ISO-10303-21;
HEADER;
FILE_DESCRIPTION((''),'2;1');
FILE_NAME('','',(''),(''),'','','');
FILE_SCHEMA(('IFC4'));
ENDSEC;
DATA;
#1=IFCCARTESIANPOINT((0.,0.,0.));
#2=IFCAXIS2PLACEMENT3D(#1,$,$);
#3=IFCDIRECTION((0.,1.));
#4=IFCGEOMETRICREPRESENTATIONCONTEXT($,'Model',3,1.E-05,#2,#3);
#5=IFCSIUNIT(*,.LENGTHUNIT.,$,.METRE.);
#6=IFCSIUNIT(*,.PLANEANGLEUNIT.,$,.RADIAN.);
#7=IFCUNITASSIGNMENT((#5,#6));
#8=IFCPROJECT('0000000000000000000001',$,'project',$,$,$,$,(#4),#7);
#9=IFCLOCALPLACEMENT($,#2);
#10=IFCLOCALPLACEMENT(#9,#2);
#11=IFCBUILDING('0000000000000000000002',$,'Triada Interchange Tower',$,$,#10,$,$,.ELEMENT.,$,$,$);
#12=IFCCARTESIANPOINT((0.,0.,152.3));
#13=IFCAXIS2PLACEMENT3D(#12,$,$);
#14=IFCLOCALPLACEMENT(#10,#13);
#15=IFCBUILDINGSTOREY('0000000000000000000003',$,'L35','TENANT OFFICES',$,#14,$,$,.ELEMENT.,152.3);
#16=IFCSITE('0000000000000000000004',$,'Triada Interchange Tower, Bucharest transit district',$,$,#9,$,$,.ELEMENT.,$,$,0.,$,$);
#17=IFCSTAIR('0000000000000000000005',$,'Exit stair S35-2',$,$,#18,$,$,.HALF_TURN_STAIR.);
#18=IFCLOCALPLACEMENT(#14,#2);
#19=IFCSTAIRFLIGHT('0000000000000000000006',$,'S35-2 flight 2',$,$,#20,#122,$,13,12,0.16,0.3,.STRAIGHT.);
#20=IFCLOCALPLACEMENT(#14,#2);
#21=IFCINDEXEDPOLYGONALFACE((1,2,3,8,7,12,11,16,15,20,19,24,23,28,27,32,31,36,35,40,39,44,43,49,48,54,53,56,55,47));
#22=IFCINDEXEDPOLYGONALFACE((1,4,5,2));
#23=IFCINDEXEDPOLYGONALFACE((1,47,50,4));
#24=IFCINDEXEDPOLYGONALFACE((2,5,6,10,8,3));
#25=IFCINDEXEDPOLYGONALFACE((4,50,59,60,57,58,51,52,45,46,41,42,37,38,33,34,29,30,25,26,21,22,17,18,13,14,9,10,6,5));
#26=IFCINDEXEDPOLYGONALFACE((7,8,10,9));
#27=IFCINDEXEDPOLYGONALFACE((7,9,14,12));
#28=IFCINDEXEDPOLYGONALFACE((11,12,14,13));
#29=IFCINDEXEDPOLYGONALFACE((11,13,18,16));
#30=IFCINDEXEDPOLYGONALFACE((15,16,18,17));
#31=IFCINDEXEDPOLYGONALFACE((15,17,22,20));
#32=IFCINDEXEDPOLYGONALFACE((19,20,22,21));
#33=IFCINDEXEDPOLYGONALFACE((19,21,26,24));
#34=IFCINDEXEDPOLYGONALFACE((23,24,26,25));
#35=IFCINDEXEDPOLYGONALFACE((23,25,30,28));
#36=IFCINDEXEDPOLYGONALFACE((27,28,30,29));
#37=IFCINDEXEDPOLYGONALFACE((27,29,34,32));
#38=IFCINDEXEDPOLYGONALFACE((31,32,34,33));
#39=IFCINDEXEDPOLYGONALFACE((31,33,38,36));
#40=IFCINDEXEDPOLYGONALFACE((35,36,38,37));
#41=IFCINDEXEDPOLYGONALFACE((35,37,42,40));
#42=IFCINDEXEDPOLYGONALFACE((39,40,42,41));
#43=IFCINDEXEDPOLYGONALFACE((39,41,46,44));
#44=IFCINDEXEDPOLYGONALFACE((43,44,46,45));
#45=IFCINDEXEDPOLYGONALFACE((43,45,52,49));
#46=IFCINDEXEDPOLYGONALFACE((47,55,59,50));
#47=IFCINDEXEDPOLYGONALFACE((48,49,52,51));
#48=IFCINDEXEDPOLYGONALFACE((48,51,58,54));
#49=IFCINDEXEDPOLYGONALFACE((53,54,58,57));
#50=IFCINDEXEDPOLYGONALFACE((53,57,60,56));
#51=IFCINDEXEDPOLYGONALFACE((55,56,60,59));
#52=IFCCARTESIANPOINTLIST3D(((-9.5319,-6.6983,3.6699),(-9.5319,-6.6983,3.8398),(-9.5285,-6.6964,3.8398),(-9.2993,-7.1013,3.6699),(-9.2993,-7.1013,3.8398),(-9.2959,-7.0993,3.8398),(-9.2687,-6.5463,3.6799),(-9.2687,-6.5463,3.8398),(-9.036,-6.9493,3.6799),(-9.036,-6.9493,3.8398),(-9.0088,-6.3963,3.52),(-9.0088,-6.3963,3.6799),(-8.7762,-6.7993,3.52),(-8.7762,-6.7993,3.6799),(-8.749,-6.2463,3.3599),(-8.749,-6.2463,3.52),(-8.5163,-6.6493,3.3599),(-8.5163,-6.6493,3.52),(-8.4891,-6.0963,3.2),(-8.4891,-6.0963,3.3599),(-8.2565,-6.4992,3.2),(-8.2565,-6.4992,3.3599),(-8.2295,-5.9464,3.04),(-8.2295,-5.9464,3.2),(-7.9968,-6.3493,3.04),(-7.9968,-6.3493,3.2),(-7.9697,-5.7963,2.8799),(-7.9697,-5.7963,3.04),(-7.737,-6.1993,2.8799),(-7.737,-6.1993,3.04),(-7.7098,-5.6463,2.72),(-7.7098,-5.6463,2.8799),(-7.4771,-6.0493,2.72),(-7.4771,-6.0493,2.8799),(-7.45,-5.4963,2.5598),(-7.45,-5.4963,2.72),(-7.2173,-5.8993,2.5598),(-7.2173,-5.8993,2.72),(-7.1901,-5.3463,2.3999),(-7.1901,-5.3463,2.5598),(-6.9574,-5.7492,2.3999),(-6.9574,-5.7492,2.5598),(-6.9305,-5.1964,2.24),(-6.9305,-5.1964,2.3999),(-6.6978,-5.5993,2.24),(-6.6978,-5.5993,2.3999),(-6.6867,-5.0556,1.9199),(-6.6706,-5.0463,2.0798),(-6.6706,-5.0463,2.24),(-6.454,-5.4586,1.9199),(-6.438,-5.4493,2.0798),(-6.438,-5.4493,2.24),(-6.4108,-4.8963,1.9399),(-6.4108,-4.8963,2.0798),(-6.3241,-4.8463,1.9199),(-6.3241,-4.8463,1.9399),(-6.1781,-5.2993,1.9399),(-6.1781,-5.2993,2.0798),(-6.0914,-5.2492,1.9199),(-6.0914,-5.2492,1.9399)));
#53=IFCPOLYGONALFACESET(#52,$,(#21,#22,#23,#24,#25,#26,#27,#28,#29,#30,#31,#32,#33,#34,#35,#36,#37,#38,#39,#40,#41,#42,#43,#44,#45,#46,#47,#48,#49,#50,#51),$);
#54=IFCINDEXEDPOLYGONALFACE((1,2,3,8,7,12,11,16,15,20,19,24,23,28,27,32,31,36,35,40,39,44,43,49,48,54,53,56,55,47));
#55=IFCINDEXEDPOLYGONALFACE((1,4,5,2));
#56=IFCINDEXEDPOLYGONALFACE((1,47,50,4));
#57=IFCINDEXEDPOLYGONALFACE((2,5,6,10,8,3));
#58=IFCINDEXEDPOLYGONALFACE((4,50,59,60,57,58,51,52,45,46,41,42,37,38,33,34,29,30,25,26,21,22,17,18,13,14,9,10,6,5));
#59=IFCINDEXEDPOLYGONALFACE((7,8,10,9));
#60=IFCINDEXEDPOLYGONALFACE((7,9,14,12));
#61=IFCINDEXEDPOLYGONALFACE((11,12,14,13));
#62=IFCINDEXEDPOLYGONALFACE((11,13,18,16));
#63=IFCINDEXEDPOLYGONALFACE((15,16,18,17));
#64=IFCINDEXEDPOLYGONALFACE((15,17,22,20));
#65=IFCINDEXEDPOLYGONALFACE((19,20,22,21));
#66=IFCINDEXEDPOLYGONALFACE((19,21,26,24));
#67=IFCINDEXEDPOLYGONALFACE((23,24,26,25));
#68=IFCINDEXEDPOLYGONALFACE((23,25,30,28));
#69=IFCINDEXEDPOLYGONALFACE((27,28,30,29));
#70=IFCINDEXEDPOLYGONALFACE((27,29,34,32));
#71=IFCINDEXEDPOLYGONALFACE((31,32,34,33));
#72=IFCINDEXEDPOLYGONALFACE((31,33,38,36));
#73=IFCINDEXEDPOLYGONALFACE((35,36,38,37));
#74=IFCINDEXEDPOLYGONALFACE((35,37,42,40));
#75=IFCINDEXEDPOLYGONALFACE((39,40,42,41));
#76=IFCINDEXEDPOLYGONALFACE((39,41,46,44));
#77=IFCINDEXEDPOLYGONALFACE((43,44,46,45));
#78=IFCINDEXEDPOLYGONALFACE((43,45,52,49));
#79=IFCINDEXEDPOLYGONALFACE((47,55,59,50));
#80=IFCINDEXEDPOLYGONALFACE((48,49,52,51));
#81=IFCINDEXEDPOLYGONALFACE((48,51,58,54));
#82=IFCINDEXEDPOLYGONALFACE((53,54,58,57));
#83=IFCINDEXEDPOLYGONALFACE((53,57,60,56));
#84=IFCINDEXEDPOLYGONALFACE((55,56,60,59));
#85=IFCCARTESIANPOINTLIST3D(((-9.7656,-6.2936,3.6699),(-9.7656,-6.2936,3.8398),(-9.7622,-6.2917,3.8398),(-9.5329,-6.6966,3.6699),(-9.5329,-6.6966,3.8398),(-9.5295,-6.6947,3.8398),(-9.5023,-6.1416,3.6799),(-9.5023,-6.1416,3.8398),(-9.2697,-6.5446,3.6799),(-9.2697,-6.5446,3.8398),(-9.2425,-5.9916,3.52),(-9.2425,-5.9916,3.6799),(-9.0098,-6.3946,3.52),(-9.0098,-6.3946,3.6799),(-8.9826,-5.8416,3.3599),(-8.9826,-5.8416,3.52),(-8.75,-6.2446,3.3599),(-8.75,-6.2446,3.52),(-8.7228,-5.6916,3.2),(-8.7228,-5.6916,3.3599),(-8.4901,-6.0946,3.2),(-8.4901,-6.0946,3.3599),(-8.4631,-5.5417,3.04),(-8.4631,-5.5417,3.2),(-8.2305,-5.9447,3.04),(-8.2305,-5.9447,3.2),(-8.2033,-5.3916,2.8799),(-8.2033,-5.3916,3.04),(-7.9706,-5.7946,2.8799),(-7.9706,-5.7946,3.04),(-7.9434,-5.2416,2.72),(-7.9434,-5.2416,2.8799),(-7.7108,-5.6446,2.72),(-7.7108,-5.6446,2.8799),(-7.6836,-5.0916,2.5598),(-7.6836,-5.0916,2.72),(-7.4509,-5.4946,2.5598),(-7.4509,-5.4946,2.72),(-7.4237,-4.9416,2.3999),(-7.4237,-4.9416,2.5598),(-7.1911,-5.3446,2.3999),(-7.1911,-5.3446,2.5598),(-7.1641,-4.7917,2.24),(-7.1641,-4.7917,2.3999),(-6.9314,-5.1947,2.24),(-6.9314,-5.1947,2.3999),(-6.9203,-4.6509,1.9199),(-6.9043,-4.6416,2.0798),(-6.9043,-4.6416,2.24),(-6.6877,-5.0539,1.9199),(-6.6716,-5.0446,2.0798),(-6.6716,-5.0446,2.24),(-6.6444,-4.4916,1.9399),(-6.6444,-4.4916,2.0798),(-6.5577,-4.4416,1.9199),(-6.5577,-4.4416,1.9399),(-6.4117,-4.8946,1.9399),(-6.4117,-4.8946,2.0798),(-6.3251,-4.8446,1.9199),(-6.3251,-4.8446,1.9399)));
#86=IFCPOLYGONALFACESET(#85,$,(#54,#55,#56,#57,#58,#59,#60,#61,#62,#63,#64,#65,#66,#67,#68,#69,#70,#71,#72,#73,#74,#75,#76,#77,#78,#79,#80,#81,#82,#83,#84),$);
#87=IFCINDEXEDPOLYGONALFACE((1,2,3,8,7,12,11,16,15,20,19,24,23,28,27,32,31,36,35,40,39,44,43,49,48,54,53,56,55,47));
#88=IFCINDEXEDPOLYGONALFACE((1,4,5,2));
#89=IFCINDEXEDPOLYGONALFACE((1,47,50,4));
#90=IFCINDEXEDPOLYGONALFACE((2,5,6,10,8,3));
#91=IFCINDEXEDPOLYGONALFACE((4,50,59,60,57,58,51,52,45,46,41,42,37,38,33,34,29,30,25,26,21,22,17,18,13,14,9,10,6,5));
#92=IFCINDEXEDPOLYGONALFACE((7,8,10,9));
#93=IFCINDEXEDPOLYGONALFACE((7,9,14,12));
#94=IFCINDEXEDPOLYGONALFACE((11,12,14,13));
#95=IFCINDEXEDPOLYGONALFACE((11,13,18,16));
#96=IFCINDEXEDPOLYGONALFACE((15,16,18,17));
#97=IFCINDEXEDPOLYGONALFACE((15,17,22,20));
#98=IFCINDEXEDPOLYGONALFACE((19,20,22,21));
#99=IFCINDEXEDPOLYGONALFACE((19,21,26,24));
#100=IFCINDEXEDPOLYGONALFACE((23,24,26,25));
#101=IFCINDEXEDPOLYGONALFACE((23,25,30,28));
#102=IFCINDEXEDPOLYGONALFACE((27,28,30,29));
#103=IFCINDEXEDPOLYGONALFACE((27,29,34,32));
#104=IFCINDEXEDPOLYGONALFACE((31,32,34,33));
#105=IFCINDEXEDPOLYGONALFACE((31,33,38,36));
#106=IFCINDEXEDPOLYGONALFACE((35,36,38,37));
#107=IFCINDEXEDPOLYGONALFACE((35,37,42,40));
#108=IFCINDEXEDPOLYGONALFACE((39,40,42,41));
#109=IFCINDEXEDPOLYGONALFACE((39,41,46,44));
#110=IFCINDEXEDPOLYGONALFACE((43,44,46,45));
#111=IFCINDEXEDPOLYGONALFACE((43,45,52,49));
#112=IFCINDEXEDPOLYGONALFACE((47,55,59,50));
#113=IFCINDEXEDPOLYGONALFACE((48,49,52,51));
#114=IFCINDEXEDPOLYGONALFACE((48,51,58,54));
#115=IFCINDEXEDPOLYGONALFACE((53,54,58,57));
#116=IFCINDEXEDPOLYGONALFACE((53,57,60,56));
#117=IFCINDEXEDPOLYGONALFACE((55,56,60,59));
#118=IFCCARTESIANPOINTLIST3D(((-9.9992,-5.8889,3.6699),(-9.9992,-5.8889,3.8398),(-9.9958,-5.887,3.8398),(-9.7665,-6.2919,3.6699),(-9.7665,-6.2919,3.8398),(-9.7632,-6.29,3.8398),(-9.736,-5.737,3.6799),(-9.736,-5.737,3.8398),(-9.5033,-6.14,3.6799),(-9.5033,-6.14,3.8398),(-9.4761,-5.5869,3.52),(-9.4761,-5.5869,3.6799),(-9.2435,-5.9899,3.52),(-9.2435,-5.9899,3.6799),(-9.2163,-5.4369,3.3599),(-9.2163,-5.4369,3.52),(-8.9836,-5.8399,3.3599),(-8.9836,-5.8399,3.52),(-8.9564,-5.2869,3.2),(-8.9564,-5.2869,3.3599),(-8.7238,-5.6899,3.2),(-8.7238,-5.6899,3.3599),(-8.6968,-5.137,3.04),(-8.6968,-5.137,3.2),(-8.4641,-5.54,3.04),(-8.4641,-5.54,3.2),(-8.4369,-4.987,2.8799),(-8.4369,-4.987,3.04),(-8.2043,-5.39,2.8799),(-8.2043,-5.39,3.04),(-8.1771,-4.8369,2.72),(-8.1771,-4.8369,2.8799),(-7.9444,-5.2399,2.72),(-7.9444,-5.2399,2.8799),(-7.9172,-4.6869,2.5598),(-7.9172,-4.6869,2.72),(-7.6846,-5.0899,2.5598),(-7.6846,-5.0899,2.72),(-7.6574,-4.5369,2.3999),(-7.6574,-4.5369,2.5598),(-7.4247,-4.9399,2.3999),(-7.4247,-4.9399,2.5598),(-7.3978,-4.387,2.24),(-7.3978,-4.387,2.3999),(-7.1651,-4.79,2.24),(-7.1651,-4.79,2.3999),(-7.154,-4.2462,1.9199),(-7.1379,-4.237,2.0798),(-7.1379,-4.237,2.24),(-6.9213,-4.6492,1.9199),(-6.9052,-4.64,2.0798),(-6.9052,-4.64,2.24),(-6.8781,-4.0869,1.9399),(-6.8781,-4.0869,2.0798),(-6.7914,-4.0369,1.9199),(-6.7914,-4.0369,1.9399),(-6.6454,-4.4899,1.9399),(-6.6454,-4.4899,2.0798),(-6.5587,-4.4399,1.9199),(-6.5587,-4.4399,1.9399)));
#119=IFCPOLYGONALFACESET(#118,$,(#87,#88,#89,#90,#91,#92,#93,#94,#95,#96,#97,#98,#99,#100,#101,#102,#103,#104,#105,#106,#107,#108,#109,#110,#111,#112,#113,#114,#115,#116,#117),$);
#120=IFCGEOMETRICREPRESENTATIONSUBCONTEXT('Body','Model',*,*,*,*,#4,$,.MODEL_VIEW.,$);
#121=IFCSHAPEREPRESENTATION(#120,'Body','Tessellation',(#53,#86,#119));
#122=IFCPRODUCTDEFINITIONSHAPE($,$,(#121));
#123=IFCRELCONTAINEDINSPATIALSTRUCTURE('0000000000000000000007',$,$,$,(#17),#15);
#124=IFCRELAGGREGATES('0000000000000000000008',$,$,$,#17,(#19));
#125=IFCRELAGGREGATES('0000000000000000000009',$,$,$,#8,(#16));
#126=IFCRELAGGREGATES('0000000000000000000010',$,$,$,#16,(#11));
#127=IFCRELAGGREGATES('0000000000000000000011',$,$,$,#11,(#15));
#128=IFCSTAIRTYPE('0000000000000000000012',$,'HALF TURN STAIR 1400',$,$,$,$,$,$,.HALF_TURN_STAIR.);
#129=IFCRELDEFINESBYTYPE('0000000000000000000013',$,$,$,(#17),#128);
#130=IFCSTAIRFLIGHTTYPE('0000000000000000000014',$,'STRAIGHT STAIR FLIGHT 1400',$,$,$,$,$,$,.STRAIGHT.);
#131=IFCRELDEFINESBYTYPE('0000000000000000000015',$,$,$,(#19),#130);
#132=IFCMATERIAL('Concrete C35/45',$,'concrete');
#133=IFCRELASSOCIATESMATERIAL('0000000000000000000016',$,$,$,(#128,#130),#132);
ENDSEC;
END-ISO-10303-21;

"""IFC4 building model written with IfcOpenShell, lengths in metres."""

from ifc_helpers import new_model, si_unit, direction, frame, origin, place, context, subcontext, project, spatial, polyline, outline, extrude, material, type_object, element, aggregate, save


model = new_model("IFC4")

# Units and contexts
model_context = context("Model", 3, precision=1e-05, world=origin(), true_north=direction((0.0, 1.0)))
body_context = subcontext(model_context, "Body", "Model", "MODEL_VIEW")
ifc_project = project(units=[si_unit("LENGTHUNIT", "METRE"), si_unit("PLANEANGLEUNIT", "RADIAN")], contexts=[model_context])

# Site, building, storey
site_placement = place(None, origin())
site = spatial("IfcSite", under=ifc_project, at=site_placement, Name="Triada Interchange Tower, Bucharest transit district", CompositionType="ELEMENT", RefElevation=0.0)
building_placement = place(site_placement, origin())
building = spatial("IfcBuilding", under=site, at=building_placement, Name="Triada Interchange Tower", CompositionType="ELEMENT")
storey_placement = place(building_placement, frame((0.0, 0.0, 152.3)))
storey = spatial("IfcBuildingStorey", under=building, at=storey_placement, Name="L35", Description="TENANT OFFICES", CompositionType="ELEMENT", Elevation=152.3)

# Stair, stair flight
ifc_material_1 = material(Name="Concrete C35/45", Category="concrete")
stair_type = type_object("IfcStairType", Name="HALF TURN STAIR 1400", PredefinedType="HALF_TURN_STAIR", material=ifc_material_1)
stair_placement = place(storey_placement, origin())
stair = element("IfcStair", 1, at=stair_placement, inside=storey, type_object=stair_type, Name="Exit stair S35-2", PredefinedType="HALF_TURN_STAIR")
stair_flight_type = type_object("IfcStairFlightType", Name="STRAIGHT STAIR FLIGHT 1400", PredefinedType="STRAIGHT", material=ifc_material_1)
stair_flight_1_placement = place(storey_placement, frame((-6.5281, -4.6931, 1.9199), z_axis=(0.0, 0.0, 1.0), x_axis=(-0.866025, -0.5, 0.0)))
stair_flight_1 = element("IfcStairFlight", 2, at=stair_flight_1_placement, type_object=stair_flight_type, Name="S35-2 flight 2", NumberOfRisers=13, NumberOfTreads=12, PredefinedType="STRAIGHT", RiserHeight=0.16, TreadLength=0.3, context=body_context, shape_type="SweptSolid", body=[
    extrude(outline(polyline([(-0.1001, 0.0), (-0.1001, 0.02), (0.0, 0.02), (0.0, 0.1599), (0.3, 0.1599), (0.3, 0.3201), (0.6001, 0.3201), (0.6001, 0.48), (0.8999, 0.48), (0.8999, 0.6399), (1.2, 0.6399), (1.2, 0.8), (1.5, 0.8), (1.5, 0.96), (1.8, 0.96), (1.8, 1.1201), (2.1001, 1.1201), (2.1001, 1.28), (2.3999, 1.28), (2.3999, 1.4399), (2.7, 1.4399), (2.7, 1.6001), (3.0, 1.6001), (3.0, 1.76), (3.3, 1.76), (3.3, 1.9199), (3.6001, 1.9199), (3.604, 1.9199), (3.604, 2.0801), (3.604, 1.75), (0.3186, 0.0), (-0.1001, 0.0)])), frame((0.0, 0.7, 0.0), z_axis=(0.0, -1.0, 0.0), x_axis=(1.0, 0.0, 0.0)), (0.0, 0.0, 1.0), 0.4653),
    extrude(outline(polyline([(-0.1001, 0.0), (-0.1001, 0.02), (0.0, 0.02), (0.0, 0.1599), (0.3, 0.1599), (0.3, 0.3201), (0.6001, 0.3201), (0.6001, 0.48), (0.8999, 0.48), (0.8999, 0.6399), (1.2, 0.6399), (1.2, 0.8), (1.5, 0.8), (1.5, 0.96), (1.8, 0.96), (1.8, 1.1201), (2.1001, 1.1201), (2.1001, 1.28), (2.3999, 1.28), (2.3999, 1.4399), (2.7, 1.4399), (2.7, 1.6001), (3.0, 1.6001), (3.0, 1.76), (3.3, 1.76), (3.3, 1.9199), (3.6001, 1.9199), (3.604, 1.9199), (3.604, 2.0801), (3.604, 1.75), (0.3186, 0.0), (-0.1001, 0.0)])), frame((0.0, 0.2327, 0.0), z_axis=(0.0, -1.0, 0.0), x_axis=(1.0, 0.0, 0.0)), (0.0, 0.0, 1.0), 0.4653),
    extrude(outline(polyline([(-0.1001, 0.0), (-0.1001, 0.02), (0.0, 0.02), (0.0, 0.1599), (0.3, 0.1599), (0.3, 0.3201), (0.6001, 0.3201), (0.6001, 0.48), (0.8999, 0.48), (0.8999, 0.6399), (1.2, 0.6399), (1.2, 0.8), (1.5, 0.8), (1.5, 0.96), (1.8, 0.96), (1.8, 1.1201), (2.1001, 1.1201), (2.1001, 1.28), (2.3999, 1.28), (2.3999, 1.4399), (2.7, 1.4399), (2.7, 1.6001), (3.0, 1.6001), (3.0, 1.76), (3.3, 1.76), (3.3, 1.9199), (3.6001, 1.9199), (3.604, 1.9199), (3.604, 2.0801), (3.604, 1.75), (0.3186, 0.0), (-0.1001, 0.0)])), frame((0.0, -0.2346, 0.0), z_axis=(0.0, -1.0, 0.0), x_axis=(1.0, 0.0, 0.0)), (0.0, 0.0, 1.0), 0.4653),
])
aggregate(stair, [stair_flight_1])

save(model, "model.ifc")
